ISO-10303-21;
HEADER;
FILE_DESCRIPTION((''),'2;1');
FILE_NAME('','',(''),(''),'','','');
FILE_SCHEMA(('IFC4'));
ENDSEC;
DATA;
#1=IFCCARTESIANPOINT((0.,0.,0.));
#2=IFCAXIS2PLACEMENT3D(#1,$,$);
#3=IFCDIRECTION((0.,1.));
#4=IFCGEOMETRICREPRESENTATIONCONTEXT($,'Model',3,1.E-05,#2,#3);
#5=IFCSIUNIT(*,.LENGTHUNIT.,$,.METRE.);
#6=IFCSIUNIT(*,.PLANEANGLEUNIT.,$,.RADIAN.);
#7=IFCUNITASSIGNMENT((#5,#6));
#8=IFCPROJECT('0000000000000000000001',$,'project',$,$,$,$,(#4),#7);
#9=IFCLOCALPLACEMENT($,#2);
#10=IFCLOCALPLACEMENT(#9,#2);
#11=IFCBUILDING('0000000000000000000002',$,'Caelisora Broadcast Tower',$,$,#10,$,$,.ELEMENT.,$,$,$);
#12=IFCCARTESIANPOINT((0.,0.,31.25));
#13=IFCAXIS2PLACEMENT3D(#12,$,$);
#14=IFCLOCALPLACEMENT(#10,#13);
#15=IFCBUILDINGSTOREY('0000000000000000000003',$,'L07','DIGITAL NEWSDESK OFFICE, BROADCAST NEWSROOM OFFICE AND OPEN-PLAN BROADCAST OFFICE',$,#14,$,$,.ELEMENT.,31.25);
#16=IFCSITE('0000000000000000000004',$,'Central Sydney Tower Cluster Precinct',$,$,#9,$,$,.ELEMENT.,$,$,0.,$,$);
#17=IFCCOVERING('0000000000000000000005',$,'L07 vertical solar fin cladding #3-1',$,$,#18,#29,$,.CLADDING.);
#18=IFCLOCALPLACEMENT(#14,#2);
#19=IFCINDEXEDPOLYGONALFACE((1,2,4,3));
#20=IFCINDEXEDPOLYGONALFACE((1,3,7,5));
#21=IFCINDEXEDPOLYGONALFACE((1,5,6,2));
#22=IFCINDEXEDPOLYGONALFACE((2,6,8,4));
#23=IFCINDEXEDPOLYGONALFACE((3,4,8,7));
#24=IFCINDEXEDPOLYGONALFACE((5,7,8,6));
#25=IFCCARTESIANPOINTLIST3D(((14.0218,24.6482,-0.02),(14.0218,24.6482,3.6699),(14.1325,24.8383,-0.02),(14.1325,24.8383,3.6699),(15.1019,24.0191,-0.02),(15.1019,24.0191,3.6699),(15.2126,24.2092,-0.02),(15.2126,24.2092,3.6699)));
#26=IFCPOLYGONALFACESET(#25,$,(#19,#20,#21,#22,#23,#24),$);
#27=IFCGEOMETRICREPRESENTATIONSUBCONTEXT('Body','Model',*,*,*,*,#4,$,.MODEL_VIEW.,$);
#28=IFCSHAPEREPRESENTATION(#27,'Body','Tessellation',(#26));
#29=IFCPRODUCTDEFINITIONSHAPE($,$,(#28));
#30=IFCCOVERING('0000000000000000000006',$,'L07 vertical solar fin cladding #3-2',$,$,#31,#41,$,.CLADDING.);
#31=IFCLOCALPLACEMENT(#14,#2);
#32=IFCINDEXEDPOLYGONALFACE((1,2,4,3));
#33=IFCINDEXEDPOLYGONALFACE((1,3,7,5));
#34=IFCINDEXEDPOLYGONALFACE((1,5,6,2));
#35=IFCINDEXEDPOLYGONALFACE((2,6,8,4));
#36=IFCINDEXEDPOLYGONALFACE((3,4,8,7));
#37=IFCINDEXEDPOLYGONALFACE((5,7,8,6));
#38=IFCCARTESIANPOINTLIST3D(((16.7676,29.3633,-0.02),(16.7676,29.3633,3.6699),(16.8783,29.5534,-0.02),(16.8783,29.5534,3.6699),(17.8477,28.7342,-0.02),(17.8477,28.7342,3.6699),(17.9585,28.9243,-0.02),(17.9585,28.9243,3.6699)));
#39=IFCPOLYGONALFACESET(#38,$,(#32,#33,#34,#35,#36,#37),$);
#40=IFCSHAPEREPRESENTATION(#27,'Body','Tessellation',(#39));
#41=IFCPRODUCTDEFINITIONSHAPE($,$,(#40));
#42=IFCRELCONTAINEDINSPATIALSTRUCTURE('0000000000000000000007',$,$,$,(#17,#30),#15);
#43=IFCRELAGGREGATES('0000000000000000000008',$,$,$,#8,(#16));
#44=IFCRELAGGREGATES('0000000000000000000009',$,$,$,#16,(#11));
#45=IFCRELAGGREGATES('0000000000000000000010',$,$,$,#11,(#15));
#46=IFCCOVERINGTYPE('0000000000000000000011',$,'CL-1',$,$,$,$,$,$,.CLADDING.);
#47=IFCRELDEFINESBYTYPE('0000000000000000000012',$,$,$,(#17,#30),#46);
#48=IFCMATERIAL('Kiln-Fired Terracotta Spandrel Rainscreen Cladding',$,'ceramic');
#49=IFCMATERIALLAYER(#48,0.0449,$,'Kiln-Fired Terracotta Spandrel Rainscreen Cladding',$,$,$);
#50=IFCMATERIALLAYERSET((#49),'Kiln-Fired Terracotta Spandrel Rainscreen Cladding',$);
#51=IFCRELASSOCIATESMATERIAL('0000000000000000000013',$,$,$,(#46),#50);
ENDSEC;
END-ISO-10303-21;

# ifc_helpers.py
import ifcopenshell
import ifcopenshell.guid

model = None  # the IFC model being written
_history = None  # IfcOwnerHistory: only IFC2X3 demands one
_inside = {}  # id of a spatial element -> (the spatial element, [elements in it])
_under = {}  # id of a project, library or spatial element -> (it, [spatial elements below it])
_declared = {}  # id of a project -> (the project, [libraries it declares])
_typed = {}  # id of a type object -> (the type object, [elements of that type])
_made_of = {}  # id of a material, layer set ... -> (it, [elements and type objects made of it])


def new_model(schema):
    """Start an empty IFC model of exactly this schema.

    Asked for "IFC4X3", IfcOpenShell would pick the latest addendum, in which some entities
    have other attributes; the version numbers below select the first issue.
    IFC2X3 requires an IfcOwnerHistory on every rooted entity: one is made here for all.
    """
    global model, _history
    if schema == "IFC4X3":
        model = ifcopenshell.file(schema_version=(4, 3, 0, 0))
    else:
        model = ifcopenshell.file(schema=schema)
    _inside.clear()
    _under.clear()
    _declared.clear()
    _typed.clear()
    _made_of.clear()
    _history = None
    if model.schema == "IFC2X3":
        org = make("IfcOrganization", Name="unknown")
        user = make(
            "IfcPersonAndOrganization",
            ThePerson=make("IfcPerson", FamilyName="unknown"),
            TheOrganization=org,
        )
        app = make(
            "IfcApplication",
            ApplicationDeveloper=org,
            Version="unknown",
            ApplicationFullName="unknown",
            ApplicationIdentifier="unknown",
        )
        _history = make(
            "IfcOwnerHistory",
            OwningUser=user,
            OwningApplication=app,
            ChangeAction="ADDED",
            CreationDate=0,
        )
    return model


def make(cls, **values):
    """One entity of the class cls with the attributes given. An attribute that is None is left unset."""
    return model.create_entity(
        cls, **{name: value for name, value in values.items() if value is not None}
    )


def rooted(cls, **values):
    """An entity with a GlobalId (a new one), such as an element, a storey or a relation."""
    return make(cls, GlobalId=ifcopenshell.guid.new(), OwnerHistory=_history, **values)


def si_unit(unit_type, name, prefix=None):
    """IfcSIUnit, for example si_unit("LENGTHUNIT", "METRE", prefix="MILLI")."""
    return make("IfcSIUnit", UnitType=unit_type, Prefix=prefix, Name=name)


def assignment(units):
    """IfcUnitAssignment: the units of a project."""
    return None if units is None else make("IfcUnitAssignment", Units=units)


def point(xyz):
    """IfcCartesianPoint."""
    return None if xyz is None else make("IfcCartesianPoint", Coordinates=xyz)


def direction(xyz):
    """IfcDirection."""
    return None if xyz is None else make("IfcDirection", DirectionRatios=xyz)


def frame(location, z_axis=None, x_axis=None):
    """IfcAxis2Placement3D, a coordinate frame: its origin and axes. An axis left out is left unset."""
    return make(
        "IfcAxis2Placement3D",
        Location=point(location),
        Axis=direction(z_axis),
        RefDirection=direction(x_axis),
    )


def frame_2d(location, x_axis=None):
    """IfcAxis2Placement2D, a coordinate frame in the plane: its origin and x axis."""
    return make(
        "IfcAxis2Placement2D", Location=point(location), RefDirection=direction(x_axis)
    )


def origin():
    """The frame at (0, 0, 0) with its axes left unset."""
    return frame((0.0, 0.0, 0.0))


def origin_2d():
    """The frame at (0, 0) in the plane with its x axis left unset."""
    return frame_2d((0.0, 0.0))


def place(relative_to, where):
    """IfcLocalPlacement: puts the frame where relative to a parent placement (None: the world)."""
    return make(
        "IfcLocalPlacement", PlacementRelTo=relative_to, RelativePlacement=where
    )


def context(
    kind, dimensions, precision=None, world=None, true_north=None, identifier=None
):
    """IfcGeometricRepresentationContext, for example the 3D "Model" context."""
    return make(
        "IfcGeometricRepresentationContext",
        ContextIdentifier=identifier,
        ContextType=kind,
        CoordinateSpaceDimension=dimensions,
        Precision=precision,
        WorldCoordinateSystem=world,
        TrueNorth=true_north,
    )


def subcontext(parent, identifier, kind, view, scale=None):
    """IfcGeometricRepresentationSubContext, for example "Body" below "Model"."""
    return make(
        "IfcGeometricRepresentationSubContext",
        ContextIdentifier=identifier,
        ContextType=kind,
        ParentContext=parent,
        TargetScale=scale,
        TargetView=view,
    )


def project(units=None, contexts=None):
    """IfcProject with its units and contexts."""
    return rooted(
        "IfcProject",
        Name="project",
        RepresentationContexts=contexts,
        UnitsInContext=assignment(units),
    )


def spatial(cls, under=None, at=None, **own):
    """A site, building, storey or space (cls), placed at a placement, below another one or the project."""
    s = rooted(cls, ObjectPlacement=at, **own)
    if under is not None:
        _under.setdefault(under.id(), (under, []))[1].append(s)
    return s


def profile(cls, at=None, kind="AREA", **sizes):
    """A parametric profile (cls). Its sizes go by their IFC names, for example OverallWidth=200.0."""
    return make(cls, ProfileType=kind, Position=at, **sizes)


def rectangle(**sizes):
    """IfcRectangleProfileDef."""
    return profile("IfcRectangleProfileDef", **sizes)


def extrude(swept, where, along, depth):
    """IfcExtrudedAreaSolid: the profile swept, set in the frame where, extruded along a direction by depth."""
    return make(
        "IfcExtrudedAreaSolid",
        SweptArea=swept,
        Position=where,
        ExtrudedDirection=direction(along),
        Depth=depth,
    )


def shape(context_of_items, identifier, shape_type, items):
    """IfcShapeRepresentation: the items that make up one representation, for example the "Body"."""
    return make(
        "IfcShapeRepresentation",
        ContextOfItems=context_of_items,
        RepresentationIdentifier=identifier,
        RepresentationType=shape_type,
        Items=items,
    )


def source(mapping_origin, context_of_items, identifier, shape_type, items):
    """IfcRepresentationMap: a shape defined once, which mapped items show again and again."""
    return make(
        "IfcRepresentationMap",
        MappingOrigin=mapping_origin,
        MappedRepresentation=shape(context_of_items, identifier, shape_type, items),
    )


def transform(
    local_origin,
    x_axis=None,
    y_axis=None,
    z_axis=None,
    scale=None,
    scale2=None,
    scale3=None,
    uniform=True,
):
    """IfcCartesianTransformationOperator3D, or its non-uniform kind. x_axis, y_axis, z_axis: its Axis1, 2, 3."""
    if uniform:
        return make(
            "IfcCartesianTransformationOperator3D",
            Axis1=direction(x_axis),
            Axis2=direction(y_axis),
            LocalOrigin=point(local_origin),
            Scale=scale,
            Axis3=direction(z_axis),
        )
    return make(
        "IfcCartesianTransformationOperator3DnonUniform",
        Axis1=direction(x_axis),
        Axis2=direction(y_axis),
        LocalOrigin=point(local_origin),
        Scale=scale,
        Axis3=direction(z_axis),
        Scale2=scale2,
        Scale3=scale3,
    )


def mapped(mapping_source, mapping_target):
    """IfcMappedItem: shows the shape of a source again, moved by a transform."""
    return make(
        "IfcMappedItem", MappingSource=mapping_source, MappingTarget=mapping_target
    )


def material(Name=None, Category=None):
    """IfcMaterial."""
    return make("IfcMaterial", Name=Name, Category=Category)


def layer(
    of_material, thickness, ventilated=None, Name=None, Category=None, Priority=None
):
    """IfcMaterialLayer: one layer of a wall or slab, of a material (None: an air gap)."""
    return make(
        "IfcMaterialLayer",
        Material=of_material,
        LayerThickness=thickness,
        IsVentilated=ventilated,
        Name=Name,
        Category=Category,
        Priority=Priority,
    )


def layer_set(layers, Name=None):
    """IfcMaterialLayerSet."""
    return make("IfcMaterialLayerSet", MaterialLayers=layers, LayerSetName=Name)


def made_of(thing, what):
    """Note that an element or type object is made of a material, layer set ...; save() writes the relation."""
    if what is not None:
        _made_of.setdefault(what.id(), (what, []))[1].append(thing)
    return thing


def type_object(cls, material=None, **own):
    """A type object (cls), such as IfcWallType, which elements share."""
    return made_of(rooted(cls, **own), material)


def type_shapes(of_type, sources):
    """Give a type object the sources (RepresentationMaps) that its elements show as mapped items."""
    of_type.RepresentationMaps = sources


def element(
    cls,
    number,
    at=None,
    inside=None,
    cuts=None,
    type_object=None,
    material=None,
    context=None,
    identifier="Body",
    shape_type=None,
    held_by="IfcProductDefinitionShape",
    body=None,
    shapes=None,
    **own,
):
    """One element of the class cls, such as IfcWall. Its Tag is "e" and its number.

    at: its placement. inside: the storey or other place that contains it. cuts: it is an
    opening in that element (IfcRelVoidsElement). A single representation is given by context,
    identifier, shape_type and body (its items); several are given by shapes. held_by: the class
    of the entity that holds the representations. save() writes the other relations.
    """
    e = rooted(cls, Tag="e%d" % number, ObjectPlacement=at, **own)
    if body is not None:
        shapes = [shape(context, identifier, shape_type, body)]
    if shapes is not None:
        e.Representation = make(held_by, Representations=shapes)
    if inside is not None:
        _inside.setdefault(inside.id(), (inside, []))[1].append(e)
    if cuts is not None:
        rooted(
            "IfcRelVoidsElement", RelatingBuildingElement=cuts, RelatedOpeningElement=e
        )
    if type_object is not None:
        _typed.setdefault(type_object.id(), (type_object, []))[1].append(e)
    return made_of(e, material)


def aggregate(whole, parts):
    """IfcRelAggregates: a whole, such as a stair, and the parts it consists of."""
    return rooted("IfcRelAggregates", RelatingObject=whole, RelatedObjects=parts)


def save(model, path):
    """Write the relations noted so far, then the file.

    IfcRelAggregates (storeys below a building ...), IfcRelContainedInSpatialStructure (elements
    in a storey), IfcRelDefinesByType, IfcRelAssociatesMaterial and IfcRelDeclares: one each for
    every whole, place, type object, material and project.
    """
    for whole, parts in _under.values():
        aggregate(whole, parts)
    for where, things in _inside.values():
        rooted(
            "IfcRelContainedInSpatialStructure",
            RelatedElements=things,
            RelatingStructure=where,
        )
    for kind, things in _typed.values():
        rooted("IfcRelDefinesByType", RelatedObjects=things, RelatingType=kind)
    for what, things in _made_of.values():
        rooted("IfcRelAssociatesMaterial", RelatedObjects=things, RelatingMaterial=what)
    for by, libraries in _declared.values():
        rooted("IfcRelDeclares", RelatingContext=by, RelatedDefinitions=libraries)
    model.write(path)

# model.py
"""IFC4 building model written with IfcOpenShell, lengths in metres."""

from ifc_helpers import new_model, si_unit, direction, frame, origin, origin_2d, place, context, subcontext, project, spatial, rectangle, extrude, source, transform, mapped, material, layer, layer_set, type_object, type_shapes, element, save


model = new_model("IFC4")

# Units and contexts
model_context = context("Model", 3, precision=1e-05, world=origin(), true_north=direction((0.0, 1.0)))
body_context = subcontext(model_context, "Body", "Model", "MODEL_VIEW")
ifc_project = project(units=[si_unit("LENGTHUNIT", "METRE"), si_unit("PLANEANGLEUNIT", "RADIAN")], contexts=[model_context])

# Site, building, storey
site_placement = place(None, origin())
site = spatial("IfcSite", under=ifc_project, at=site_placement, Name="Central Sydney Tower Cluster Precinct", CompositionType="ELEMENT", RefElevation=0.0)
building_placement = place(site_placement, origin())
building = spatial("IfcBuilding", under=site, at=building_placement, Name="Caelisora Broadcast Tower", CompositionType="ELEMENT")
storey_placement = place(building_placement, frame((0.0, 0.0, 31.25)))
storey = spatial("IfcBuildingStorey", under=building, at=storey_placement, Name="L07", Description="DIGITAL NEWSDESK OFFICE, BROADCAST NEWSROOM OFFICE AND OPEN-PLAN BROADCAST OFFICE", CompositionType="ELEMENT", Elevation=31.25)

# Coverings
ifc_material_1 = material(Name="Kiln-Fired Terracotta Spandrel Rainscreen Cladding", Category="ceramic")
ifc_layer_1 = layer(ifc_material_1, 0.0449, Name="Kiln-Fired Terracotta Spandrel Rainscreen Cladding")
ifc_layer_set_1 = layer_set([ifc_layer_1], Name="Kiln-Fired Terracotta Spandrel Rainscreen Cladding")
covering_type = type_object("IfcCoveringType", Name="CL-1", PredefinedType="CLADDING", material=ifc_layer_set_1)
shared_shape_1 = source(origin(), body_context, "Body", "SweptSolid", [
    extrude(rectangle(XDim=0.22, YDim=1.25, at=origin_2d()), origin(), (0.0, 0.0, 1.0), 3.6899),
])
type_shapes(covering_type, [shared_shape_1])
for number, where, z_axis, x_axis, name in (
    (1, (14.6172, 24.4287, -0.02), (0.0, 0.0, 1.0), (0.503322, 0.864099, 0.0), "L07 vertical solar fin cladding #3-1"),
    (2, (17.363, 29.1438, -0.02), (0.0, 0.0, 1.0), (0.503322, 0.864099, 0.0), "L07 vertical solar fin cladding #3-2"),
):
    element("IfcCovering", number, at=place(storey_placement, frame(where, z_axis=z_axis, x_axis=x_axis)), inside=storey, type_object=covering_type, Name=name, PredefinedType="CLADDING", context=body_context, shape_type="MappedRepresentation", body=[
        mapped(shared_shape_1, transform((0.0, 0.0, 0.0), scale=1.0)),
    ])

save(model, "model.ifc")
